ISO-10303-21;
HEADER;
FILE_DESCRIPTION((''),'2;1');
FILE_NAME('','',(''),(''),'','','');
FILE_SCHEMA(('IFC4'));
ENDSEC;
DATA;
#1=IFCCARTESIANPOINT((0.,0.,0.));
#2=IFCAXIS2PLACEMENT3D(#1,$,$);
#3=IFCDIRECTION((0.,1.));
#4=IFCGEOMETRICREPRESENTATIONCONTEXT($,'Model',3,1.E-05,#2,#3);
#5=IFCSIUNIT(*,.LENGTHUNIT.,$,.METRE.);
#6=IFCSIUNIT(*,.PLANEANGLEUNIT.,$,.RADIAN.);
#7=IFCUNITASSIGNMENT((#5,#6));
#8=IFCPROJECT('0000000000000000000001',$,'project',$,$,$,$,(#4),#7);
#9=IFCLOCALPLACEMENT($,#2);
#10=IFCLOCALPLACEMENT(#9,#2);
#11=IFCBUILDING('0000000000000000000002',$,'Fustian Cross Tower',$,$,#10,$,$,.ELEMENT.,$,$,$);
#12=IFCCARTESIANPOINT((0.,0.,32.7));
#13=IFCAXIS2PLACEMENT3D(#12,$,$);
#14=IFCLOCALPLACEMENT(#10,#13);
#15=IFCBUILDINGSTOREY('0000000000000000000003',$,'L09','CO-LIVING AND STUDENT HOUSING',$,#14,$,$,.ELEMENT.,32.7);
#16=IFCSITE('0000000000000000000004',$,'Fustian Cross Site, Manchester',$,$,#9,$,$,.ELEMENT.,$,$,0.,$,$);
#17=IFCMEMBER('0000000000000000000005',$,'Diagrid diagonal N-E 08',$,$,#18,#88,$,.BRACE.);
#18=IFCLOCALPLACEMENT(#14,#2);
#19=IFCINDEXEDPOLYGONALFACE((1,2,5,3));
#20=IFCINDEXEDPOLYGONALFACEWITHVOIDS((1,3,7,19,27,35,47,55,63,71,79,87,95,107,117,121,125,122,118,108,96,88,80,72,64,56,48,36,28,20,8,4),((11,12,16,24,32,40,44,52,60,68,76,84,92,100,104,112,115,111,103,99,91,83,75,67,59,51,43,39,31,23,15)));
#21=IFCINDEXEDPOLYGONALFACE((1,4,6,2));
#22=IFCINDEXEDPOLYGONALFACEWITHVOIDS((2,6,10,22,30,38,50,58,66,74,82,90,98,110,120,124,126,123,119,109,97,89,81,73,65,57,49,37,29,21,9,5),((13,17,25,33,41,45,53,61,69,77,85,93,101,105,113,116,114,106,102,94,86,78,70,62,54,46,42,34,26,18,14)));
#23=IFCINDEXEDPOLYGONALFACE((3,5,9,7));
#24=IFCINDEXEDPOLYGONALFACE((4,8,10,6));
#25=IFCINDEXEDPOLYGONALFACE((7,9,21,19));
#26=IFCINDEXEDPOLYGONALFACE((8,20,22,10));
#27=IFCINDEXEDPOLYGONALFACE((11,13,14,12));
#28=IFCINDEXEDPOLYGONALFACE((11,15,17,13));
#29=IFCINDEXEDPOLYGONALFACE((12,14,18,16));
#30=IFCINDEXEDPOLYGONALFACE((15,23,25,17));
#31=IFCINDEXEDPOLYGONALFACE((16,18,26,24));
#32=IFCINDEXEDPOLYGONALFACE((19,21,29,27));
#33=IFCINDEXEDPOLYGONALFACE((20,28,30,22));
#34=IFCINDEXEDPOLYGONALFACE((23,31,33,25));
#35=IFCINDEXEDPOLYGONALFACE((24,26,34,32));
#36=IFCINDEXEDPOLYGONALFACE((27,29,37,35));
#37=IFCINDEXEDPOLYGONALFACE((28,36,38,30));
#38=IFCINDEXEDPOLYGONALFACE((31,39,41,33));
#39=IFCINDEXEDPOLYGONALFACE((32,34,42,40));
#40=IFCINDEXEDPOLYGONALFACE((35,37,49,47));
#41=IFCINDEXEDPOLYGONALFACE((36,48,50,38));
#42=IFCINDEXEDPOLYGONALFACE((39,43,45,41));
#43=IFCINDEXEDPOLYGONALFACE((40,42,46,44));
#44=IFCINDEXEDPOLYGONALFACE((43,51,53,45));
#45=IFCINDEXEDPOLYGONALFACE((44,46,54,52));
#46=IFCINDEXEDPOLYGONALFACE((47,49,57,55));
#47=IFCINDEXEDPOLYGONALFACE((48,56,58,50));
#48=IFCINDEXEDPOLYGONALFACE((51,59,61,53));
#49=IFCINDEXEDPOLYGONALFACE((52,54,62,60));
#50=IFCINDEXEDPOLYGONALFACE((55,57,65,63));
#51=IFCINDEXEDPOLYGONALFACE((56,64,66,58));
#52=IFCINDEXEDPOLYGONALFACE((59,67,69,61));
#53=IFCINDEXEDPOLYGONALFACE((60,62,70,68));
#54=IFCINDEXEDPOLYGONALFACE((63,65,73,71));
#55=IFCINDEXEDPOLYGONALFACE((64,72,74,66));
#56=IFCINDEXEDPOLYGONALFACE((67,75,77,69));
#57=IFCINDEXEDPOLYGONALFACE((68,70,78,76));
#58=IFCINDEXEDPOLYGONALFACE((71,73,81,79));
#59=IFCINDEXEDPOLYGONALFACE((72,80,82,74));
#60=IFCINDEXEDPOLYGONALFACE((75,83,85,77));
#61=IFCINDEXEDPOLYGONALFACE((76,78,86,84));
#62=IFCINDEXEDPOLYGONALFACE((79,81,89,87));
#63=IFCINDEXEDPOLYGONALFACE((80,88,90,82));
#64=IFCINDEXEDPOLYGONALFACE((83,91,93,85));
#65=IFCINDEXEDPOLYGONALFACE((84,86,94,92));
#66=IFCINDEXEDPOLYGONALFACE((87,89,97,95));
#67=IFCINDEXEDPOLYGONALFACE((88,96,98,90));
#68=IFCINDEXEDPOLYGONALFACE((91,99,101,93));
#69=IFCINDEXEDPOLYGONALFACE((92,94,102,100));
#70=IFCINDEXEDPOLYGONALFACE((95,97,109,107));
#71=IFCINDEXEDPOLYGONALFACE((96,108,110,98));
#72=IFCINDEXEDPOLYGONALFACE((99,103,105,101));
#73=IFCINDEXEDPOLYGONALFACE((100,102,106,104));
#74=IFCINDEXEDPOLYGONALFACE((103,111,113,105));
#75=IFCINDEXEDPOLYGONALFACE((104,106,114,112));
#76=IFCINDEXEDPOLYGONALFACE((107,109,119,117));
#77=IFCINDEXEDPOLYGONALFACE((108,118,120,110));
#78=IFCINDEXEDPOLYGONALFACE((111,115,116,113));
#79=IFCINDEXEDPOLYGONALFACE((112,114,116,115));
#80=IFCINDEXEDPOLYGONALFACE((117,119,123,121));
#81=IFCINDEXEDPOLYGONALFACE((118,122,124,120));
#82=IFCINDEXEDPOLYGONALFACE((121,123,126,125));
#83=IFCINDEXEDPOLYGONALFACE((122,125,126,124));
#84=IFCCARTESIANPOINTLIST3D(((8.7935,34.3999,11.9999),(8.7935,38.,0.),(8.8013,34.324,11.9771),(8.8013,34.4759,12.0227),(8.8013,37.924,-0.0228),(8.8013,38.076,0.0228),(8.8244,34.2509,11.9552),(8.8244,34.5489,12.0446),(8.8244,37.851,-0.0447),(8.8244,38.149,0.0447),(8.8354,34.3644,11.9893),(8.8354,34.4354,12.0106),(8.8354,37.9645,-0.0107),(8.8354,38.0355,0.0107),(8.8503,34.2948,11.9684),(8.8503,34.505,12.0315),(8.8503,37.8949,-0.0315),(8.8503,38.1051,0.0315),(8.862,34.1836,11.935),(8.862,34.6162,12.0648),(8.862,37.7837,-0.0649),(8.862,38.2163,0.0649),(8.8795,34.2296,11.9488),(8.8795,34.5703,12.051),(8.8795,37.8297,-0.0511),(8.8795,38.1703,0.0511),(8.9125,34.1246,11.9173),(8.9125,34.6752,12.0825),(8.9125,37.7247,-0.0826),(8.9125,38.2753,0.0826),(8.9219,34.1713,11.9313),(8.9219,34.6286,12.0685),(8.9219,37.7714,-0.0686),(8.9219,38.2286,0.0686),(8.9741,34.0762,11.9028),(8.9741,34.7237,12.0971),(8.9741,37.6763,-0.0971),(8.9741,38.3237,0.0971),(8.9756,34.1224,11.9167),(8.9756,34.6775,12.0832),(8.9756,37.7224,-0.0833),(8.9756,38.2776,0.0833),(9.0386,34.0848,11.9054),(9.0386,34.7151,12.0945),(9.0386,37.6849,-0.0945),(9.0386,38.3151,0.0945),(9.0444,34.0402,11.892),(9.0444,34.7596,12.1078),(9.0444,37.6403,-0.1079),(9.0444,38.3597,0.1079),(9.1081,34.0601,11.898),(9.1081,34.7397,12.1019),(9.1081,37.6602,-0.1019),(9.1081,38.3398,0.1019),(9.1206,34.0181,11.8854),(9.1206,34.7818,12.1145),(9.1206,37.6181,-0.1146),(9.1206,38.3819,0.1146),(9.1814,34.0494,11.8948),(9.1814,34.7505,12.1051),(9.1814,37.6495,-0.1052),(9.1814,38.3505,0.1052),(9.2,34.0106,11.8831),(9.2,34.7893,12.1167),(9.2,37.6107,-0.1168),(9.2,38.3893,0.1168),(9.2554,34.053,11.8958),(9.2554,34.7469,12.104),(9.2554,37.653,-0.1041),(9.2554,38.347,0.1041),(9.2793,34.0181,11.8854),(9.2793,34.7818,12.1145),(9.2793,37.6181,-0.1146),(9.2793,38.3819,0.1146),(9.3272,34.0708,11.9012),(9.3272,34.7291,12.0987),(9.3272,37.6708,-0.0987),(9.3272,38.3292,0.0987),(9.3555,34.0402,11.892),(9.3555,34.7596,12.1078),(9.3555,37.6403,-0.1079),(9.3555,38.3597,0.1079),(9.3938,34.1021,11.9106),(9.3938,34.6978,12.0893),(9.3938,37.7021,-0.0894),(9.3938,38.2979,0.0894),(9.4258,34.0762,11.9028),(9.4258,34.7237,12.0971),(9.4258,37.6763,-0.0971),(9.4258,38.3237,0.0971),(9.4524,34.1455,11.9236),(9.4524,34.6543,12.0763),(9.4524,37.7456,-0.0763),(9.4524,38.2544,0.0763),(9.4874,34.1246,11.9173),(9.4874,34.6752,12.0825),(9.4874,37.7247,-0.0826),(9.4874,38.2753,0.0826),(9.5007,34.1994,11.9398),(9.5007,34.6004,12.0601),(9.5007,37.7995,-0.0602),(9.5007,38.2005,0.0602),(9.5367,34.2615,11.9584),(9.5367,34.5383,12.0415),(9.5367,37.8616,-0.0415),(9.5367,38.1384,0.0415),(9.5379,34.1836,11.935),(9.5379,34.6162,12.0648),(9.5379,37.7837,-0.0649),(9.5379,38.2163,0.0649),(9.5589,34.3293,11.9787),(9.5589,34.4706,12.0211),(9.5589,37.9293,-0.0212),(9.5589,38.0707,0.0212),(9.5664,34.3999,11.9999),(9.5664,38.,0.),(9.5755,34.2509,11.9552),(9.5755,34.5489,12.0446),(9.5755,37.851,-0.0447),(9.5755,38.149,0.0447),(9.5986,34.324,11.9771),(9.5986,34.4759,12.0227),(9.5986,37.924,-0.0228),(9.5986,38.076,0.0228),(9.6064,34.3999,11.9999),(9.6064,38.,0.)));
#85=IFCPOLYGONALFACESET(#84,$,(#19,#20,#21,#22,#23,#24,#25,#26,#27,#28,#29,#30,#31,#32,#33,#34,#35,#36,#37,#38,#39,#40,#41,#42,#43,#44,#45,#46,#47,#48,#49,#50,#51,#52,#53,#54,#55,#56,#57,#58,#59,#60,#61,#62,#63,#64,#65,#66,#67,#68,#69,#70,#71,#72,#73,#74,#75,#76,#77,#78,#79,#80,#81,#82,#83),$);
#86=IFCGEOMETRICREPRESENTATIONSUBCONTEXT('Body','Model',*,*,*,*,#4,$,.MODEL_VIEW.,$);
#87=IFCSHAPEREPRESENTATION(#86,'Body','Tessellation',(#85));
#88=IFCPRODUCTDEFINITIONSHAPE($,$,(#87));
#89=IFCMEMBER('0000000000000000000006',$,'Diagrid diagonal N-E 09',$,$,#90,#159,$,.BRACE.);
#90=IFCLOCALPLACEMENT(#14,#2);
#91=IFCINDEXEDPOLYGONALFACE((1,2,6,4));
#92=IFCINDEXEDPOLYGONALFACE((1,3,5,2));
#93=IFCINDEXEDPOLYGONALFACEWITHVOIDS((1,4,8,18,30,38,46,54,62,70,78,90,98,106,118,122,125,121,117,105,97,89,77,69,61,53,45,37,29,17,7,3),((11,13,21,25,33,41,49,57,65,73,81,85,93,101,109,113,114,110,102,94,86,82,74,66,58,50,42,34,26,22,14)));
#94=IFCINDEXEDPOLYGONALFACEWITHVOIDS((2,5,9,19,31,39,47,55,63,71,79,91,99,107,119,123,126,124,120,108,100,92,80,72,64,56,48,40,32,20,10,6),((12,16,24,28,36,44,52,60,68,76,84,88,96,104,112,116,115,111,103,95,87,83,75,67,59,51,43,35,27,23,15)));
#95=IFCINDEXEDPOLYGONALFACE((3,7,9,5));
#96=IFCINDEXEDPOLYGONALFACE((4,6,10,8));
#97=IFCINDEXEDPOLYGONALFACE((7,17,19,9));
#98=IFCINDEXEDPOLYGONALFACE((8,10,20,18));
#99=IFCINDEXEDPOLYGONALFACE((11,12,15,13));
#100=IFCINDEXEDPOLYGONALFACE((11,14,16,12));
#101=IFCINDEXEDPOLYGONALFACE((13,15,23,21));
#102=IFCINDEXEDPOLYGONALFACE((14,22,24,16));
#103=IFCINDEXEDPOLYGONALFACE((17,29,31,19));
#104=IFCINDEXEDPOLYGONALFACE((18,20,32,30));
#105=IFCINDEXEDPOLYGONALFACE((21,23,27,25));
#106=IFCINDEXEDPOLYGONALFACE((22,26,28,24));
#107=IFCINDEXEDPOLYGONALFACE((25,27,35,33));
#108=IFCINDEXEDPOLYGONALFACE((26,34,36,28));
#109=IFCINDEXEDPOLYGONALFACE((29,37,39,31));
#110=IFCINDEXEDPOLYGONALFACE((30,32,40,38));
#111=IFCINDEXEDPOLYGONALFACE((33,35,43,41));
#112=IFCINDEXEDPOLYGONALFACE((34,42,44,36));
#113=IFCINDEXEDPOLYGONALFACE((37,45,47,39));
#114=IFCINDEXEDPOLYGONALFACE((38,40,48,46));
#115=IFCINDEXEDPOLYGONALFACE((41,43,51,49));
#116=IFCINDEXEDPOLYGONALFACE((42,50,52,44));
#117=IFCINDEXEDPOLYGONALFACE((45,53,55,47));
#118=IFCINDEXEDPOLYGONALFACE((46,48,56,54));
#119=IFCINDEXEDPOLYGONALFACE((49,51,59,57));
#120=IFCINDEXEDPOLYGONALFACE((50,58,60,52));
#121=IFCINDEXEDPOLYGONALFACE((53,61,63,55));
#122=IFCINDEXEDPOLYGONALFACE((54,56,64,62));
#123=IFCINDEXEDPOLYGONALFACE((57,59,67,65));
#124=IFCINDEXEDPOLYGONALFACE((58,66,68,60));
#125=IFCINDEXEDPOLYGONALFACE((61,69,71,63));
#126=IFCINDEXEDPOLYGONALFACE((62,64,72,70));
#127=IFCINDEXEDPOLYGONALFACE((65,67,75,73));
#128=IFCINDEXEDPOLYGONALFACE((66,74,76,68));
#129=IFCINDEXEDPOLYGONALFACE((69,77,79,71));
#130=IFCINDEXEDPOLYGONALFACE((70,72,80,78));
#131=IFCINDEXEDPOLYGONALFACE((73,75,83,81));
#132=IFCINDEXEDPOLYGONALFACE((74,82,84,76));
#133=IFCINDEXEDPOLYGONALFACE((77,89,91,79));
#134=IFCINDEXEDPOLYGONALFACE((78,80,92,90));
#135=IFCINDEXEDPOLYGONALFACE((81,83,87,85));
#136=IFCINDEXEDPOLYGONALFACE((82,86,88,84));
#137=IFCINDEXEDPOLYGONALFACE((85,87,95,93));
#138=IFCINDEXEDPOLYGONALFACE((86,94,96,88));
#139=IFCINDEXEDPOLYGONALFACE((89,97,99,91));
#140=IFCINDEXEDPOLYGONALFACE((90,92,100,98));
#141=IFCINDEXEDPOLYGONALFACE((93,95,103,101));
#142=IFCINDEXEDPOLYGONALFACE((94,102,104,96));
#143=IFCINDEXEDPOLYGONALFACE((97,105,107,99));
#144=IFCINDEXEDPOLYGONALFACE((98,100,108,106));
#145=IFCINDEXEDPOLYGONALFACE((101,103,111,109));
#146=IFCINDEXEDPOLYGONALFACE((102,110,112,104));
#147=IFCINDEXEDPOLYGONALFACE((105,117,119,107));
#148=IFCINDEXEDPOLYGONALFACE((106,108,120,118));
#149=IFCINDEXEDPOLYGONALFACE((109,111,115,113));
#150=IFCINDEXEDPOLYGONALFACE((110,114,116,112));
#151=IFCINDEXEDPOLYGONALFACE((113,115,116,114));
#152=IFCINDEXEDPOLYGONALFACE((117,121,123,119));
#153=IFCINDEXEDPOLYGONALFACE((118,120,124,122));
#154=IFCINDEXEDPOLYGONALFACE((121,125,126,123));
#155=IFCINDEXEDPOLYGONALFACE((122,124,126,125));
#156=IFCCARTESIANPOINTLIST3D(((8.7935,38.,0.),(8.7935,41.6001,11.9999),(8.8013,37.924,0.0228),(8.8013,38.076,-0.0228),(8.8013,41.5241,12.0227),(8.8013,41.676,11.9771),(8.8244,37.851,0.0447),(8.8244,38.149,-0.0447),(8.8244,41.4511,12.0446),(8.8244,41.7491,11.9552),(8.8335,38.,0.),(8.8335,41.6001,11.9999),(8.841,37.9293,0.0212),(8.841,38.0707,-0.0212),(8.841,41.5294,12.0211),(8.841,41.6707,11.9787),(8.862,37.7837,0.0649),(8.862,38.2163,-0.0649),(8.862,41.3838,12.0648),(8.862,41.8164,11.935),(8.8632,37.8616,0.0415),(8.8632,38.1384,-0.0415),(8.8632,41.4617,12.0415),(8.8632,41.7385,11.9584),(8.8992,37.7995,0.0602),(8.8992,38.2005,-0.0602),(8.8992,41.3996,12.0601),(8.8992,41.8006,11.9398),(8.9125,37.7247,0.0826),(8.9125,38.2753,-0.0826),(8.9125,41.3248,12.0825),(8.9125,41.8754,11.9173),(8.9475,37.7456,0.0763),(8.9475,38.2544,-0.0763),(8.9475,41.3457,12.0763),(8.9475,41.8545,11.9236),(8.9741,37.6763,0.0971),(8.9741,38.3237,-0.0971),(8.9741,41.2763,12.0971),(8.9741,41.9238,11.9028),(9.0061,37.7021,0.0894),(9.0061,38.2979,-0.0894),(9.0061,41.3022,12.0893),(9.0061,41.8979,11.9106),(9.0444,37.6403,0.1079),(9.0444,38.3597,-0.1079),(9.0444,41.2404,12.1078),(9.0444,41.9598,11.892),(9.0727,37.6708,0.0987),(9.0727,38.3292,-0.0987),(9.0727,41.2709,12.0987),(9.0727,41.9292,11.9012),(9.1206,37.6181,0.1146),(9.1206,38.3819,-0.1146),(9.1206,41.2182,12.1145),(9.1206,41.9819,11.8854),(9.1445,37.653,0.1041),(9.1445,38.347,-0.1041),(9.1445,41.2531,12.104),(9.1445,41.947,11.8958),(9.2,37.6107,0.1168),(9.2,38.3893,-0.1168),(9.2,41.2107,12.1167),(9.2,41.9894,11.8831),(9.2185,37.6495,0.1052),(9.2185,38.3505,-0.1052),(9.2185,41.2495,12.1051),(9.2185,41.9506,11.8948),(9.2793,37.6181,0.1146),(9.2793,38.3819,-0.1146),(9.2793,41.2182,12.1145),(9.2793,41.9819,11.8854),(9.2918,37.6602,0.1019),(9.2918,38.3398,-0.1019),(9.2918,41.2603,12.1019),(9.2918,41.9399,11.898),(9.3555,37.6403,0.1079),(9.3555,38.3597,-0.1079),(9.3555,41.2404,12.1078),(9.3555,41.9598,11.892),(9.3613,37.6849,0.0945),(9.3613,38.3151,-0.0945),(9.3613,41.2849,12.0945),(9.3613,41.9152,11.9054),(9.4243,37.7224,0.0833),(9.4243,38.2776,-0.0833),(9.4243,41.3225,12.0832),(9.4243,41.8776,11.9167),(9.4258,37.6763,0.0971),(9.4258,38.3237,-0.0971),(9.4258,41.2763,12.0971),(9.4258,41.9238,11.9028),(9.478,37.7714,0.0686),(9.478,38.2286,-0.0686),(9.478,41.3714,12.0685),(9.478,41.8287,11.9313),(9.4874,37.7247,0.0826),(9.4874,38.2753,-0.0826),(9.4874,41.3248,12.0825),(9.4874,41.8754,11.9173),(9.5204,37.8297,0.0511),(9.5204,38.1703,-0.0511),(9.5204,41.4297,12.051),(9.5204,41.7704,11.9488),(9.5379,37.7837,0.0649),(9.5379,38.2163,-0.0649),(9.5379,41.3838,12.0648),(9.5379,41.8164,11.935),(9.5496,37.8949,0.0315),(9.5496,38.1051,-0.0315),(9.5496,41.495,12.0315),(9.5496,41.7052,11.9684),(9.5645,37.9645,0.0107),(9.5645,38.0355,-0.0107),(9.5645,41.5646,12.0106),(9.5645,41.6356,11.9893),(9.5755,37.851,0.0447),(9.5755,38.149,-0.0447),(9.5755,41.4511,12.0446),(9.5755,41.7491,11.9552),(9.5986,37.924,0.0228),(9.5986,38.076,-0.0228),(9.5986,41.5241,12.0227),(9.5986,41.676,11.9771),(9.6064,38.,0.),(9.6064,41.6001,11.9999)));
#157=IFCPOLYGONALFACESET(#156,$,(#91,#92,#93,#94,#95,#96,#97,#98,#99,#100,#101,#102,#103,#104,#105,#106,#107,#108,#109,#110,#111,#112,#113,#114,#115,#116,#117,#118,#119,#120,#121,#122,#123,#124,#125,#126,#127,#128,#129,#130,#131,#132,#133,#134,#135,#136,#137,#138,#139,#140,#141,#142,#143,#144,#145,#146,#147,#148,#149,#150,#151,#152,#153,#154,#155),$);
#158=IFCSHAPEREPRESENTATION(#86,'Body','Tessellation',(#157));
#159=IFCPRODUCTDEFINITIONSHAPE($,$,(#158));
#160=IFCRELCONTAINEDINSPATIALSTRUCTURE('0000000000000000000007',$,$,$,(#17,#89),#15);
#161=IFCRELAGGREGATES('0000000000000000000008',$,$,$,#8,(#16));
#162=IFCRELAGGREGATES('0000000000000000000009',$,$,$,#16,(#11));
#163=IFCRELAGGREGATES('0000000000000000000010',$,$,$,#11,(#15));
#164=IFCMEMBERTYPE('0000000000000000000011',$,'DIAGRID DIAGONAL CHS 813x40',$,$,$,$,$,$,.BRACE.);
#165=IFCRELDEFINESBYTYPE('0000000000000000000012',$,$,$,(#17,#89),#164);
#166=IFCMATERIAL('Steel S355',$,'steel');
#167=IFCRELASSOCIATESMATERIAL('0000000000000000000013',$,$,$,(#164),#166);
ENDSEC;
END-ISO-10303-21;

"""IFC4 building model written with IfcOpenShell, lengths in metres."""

from ifc_helpers import new_model, si_unit, direction, frame, origin, origin_2d, place, context, subcontext, project, spatial, hollow_circle, extrude, material, material_profile, profile_set, type_object, element, save


model = new_model("IFC4")

# Units and contexts
model_context = context("Model", 3, precision=1e-05, world=origin(), true_north=direction((0.0, 1.0)))
body_context = subcontext(model_context, "Body", "Model", "MODEL_VIEW")
ifc_project = project(units=[si_unit("LENGTHUNIT", "METRE"), si_unit("PLANEANGLEUNIT", "RADIAN")], contexts=[model_context])

# Site, building, storey
site_placement = place(None, origin())
site = spatial("IfcSite", under=ifc_project, at=site_placement, Name="Fustian Cross Site, Manchester", CompositionType="ELEMENT", RefElevation=0.0)
building_placement = place(site_placement, origin())
building = spatial("IfcBuilding", under=site, at=building_placement, Name="Fustian Cross Tower", CompositionType="ELEMENT")
storey_placement = place(building_placement, frame((0.0, 0.0, 32.7)))
storey = spatial("IfcBuildingStorey", under=building, at=storey_placement, Name="L09", Description="CO-LIVING AND STUDENT HOUSING", CompositionType="ELEMENT", Elevation=32.7)

# Members
ifc_material_1 = material(Name="Steel S355", Category="steel")
ifc_material_profile_1 = material_profile(ifc_material_1, hollow_circle(Radius=0.4065, WallThickness=0.04, at=origin_2d()), Name="CHS 813x40")
ifc_profile_set_1 = profile_set([ifc_material_profile_1], Name="Steel S355")
member_type_1 = type_object("IfcMemberType", Name="DIAGRID DIAGONAL CHS 813x40", PredefinedType="BRACE", material=ifc_profile_set_1)
for number, where, z_axis, x_axis, name in (
    (1, (9.2, 38.0, 0.0), (0.0, -0.287355, 0.957824), (1.0, 0.0, 0.0), "Diagrid diagonal N-E 08"),
    (2, (9.2, 38.0, 0.0), (0.0, 0.287355, 0.957824), (-1.0, 0.0, 0.0), "Diagrid diagonal N-E 09"),
):
    element("IfcMember", number, at=place(storey_placement, frame(where, z_axis=z_axis, x_axis=x_axis)), inside=storey, type_object=member_type_1, Name=name, PredefinedType="BRACE", context=body_context, shape_type="SweptSolid", body=[
        extrude(hollow_circle(Radius=0.4065, WallThickness=0.04, at=origin_2d()), origin(), (0.0, 0.0, 1.0), 12.5283),
    ])

save(model, "model.ifc")
